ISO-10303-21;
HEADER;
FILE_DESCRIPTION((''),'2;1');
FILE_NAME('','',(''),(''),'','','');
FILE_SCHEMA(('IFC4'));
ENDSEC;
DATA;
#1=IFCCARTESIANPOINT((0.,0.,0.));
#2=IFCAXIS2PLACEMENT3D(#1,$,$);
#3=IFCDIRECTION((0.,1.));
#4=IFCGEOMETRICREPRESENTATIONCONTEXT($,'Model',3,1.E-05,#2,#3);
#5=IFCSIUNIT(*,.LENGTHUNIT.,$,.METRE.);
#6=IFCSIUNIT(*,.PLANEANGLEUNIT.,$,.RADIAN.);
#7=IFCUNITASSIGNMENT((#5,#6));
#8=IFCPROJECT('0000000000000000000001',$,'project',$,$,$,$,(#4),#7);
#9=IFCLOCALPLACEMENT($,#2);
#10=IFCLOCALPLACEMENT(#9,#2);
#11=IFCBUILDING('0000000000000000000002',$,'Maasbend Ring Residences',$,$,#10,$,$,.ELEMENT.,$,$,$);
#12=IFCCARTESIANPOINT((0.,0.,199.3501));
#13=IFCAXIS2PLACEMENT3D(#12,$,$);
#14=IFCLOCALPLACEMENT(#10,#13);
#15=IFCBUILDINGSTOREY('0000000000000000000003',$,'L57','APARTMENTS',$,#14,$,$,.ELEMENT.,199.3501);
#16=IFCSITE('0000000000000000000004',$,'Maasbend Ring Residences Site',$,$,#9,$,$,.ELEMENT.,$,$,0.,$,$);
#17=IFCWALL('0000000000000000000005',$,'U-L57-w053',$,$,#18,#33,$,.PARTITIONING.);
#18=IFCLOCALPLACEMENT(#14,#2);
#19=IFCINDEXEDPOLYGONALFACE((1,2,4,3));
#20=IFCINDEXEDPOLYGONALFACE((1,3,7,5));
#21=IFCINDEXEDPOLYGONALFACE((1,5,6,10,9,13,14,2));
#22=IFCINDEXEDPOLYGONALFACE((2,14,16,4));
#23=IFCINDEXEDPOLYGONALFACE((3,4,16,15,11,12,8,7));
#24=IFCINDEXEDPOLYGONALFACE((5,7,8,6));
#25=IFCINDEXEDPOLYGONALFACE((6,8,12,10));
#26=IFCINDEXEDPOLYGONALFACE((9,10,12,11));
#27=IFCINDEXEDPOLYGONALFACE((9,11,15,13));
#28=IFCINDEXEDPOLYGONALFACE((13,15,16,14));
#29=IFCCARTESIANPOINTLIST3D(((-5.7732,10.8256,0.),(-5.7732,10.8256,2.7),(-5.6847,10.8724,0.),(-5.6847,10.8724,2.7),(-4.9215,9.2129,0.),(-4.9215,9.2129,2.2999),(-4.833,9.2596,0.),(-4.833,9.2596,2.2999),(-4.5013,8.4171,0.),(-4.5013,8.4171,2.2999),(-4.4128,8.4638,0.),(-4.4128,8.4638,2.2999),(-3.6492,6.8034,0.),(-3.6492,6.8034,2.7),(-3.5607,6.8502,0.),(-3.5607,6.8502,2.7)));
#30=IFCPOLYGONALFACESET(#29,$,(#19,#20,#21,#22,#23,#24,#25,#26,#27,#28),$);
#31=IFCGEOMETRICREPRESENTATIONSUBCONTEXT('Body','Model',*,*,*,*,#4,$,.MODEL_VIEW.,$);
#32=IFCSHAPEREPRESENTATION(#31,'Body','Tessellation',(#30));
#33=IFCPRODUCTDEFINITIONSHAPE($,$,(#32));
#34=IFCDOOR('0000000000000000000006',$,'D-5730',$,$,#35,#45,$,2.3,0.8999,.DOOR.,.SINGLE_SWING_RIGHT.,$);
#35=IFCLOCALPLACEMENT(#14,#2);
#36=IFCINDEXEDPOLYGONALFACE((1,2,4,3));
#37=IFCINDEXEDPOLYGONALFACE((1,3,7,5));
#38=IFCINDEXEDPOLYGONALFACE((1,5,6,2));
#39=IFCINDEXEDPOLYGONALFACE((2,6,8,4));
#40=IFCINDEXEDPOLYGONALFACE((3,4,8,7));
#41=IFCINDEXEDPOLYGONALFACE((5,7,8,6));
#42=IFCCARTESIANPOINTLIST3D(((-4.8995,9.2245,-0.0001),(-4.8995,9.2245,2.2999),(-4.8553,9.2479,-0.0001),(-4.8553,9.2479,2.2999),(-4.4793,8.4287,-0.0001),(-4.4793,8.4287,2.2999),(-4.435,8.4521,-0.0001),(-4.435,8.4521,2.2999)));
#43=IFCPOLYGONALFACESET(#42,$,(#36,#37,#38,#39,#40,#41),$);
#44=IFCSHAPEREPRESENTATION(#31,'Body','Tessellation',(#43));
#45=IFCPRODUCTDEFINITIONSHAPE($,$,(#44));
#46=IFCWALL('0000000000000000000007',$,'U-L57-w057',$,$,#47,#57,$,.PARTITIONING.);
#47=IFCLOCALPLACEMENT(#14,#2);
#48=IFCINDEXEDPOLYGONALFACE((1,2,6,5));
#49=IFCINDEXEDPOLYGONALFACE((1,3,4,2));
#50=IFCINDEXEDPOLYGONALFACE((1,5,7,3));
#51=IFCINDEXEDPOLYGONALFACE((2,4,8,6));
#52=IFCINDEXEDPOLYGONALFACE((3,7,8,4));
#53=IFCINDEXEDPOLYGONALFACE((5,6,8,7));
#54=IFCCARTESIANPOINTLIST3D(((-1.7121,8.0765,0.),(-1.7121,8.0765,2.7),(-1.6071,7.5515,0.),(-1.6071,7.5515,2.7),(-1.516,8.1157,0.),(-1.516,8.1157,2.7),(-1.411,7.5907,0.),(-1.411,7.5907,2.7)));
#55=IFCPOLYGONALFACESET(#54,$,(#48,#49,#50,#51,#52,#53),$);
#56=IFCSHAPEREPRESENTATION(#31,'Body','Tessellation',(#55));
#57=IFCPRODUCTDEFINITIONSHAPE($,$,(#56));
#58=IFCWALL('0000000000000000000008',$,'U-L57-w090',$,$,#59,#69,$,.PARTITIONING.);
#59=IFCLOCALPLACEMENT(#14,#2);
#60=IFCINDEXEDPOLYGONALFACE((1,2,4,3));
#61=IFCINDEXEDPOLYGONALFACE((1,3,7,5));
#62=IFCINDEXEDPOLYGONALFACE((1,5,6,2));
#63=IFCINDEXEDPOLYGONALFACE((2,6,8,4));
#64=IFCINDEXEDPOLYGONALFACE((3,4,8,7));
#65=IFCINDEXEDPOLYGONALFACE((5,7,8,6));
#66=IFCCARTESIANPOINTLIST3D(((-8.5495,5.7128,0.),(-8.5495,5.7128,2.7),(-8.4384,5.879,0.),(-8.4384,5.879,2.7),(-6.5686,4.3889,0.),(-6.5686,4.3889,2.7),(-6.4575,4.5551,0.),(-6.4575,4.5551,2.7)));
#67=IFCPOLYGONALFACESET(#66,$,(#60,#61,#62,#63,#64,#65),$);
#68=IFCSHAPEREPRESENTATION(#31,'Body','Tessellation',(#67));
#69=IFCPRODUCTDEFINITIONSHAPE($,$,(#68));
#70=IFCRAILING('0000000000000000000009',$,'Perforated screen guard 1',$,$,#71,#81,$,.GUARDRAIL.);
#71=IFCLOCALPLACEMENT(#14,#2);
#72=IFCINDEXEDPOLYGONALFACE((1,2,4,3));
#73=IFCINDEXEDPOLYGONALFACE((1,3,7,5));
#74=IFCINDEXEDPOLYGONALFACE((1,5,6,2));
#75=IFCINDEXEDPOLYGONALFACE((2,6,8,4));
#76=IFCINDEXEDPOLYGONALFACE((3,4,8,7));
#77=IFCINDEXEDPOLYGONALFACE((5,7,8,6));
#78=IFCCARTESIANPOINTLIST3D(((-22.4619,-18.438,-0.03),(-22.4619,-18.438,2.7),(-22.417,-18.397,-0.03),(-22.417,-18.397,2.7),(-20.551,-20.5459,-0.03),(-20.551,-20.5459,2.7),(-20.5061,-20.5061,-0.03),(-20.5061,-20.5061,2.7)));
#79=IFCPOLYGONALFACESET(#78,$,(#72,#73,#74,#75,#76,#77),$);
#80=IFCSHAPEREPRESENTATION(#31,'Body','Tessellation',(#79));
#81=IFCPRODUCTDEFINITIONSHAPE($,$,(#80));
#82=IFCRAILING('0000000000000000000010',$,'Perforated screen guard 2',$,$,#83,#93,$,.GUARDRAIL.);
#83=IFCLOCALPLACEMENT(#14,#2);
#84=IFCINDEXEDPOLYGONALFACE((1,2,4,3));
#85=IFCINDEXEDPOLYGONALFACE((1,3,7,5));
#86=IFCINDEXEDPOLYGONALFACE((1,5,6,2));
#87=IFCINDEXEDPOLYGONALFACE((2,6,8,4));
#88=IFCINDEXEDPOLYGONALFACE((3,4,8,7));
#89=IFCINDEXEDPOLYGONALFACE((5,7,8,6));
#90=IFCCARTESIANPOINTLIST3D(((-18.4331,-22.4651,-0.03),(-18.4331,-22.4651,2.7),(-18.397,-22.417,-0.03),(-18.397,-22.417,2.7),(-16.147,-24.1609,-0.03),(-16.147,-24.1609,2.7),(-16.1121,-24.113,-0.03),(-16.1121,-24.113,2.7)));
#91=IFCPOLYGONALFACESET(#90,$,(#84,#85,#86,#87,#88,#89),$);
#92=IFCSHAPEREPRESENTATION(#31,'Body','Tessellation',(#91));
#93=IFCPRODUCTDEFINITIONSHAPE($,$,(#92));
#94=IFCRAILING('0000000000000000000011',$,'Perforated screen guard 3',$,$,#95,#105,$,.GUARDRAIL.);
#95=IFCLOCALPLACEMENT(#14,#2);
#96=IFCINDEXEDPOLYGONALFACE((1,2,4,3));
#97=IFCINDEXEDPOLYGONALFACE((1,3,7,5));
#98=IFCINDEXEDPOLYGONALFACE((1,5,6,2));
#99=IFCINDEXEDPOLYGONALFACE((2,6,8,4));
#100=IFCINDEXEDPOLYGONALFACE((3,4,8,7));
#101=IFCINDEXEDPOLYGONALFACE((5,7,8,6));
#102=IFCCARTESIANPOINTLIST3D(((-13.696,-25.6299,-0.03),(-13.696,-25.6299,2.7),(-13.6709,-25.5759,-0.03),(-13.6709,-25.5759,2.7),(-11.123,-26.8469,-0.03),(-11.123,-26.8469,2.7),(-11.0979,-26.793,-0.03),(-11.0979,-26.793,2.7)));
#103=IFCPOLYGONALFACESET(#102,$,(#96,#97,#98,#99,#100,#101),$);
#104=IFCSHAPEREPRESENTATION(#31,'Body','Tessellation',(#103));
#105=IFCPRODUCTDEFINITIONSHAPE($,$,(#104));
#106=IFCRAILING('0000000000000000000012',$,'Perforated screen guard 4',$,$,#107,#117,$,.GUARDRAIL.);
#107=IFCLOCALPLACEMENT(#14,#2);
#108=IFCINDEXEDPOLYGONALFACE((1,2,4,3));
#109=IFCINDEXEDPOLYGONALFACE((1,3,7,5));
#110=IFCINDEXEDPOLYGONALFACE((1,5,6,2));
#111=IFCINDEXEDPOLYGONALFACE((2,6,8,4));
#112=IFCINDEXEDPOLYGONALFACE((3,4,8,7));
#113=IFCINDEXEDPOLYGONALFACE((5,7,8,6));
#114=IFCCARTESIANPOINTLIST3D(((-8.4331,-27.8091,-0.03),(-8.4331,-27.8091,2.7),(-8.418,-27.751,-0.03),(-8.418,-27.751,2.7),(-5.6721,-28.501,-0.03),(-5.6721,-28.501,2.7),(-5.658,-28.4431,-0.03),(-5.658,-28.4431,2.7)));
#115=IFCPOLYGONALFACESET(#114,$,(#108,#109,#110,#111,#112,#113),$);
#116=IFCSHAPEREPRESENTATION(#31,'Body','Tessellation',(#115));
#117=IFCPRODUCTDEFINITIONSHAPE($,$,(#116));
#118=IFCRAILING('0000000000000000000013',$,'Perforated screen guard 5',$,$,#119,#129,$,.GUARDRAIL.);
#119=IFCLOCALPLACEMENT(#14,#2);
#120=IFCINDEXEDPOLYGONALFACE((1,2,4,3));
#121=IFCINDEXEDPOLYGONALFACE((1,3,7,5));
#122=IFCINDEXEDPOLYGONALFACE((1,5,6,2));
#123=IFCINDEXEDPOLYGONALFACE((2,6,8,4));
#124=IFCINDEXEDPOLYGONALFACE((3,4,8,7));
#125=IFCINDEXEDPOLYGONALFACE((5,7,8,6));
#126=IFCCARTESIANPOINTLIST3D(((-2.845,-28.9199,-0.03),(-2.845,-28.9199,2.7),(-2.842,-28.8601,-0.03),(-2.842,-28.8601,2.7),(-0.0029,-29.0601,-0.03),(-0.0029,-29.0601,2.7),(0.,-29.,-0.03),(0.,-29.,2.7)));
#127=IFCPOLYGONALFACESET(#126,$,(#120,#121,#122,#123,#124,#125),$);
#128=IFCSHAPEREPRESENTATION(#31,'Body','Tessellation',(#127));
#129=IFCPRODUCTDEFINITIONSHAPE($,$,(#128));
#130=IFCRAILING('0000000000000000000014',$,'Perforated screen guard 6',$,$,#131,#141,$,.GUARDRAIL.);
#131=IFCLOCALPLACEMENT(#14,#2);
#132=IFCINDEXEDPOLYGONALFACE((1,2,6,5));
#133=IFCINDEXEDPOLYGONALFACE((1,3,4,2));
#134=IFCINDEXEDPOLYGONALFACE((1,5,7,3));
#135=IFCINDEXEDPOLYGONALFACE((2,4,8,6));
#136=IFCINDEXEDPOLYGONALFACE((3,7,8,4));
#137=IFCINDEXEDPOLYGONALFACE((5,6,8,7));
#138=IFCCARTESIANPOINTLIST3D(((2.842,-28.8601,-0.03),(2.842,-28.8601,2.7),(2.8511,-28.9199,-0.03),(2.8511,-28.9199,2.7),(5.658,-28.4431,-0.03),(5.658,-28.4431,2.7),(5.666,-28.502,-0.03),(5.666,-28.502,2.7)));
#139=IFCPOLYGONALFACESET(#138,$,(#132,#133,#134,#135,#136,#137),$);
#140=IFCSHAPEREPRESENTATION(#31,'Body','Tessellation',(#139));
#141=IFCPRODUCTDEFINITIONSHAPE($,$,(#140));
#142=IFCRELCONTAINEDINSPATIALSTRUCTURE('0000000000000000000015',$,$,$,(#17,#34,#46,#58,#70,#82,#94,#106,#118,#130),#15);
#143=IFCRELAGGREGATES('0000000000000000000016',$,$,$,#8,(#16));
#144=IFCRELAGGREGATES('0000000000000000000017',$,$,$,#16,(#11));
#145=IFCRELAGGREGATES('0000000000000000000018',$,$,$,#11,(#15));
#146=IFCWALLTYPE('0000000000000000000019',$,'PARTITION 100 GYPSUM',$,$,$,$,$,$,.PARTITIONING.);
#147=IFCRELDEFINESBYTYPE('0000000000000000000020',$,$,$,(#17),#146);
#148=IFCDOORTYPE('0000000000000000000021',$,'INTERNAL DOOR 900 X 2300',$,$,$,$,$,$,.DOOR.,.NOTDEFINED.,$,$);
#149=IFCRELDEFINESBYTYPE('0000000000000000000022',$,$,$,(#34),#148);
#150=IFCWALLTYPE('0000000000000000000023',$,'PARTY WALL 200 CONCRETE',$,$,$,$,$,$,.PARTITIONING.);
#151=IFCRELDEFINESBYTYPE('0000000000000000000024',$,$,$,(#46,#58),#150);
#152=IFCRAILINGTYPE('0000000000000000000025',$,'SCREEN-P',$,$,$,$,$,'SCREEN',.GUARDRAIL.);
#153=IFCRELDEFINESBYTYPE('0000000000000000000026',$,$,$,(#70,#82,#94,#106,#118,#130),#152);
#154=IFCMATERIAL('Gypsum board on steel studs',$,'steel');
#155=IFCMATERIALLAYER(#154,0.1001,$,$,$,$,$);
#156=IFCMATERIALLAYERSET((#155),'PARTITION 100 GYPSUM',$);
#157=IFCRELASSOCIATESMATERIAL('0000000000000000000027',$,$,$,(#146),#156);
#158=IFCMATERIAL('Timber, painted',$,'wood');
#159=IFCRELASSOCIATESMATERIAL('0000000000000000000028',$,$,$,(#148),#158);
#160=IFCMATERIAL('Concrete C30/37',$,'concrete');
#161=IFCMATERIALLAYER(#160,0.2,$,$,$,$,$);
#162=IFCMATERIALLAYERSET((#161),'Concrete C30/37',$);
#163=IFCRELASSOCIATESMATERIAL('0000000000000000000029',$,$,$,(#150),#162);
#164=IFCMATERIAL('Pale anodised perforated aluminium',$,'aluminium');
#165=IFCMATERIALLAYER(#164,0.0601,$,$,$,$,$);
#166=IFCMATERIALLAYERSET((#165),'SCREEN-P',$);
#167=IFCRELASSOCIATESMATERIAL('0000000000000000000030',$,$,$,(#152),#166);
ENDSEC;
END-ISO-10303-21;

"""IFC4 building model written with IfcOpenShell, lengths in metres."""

from ifc_helpers import new_model, si_unit, direction, frame, frame_2d, origin, place, context, subcontext, project, spatial, polyline, rectangle, outline, extrude, material, layer, layer_set, type_object, element, fill, save


model = new_model("IFC4")

# Units and contexts
model_context = context("Model", 3, precision=1e-05, world=origin(), true_north=direction((0.0, 1.0)))
body_context = subcontext(model_context, "Body", "Model", "MODEL_VIEW")
ifc_project = project(units=[si_unit("LENGTHUNIT", "METRE"), si_unit("PLANEANGLEUNIT", "RADIAN")], contexts=[model_context])

# Site, building, storey
site_placement = place(None, origin())
site = spatial("IfcSite", under=ifc_project, at=site_placement, Name="Maasbend Ring Residences Site", CompositionType="ELEMENT", RefElevation=0.0)
building_placement = place(site_placement, origin())
building = spatial("IfcBuilding", under=site, at=building_placement, Name="Maasbend Ring Residences", CompositionType="ELEMENT")
storey_placement = place(building_placement, frame((0.0, 0.0, 199.3501)))
storey = spatial("IfcBuildingStorey", under=building, at=storey_placement, Name="L57", Description="APARTMENTS", CompositionType="ELEMENT", Elevation=199.3501)

# Wall, opening, door
ifc_material_1 = material(Name="Gypsum board on steel studs", Category="steel")
ifc_layer_1 = layer(ifc_material_1, 0.1001)
ifc_layer_set_1 = layer_set([ifc_layer_1], Name="PARTITION 100 GYPSUM")
wall_type_1 = type_object("IfcWallType", Name="PARTITION 100 GYPSUM", PredefinedType="PARTITIONING", material=ifc_layer_set_1)
wall_1_placement = place(storey_placement, frame((-5.729, 10.8491, 0.0), z_axis=(0.0, 0.0, 1.0), x_axis=(0.466963, -0.884277, 0.0)))
wall_1 = element("IfcWall", 1, at=wall_1_placement, inside=storey, type_object=wall_type_1, Name="U-L57-w053", PredefinedType="PARTITIONING", context=body_context, shape_type="SweptSolid", body=[
    extrude(rectangle(XDim=4.5486, YDim=0.1001, at=frame_2d((2.2744, 0.0))), origin(), (0.0, 0.0, 1.0), 2.7),
])
opening_placement = place(wall_1_placement, frame((1.824, 0.0, 0.0)))
opening = element("IfcOpeningElement", 2, at=opening_placement, cuts=wall_1, PredefinedType="OPENING", context=body_context, shape_type="SweptSolid", body=[
    extrude(rectangle(XDim=0.8999, YDim=2.3, at=frame_2d((0.45, 1.1499))), frame((0.0, 0.0601, 0.0), z_axis=(0.0, -1.0, 0.0), x_axis=(1.0, 0.0, 0.0)), (0.0, 0.0, 1.0), 0.1201),
])
ifc_material_2 = material(Name="Timber, painted", Category="wood")
door_type = type_object("IfcDoorType", Name="INTERNAL DOOR 900 X 2300", OperationType="NOTDEFINED", PredefinedType="DOOR", material=ifc_material_2)
door_placement = place(opening_placement, origin())
door = element("IfcDoor", 3, at=door_placement, inside=storey, type_object=door_type, Name="D-5730", OperationType="SINGLE_SWING_RIGHT", OverallHeight=2.3, OverallWidth=0.8999, PredefinedType="DOOR", context=body_context, shape_type="SweptSolid", body=[
    extrude(rectangle(XDim=0.8999, YDim=2.3, at=frame_2d((0.45, 1.1499))), frame((0.0, 0.0249, 0.0), z_axis=(0.0, -1.0, 0.0), x_axis=(1.0, 0.0, 0.0)), (0.0, 0.0, 1.0), 0.05),
])
fill(opening, door)

# Walls
ifc_material_3 = material(Name="Concrete C30/37", Category="concrete")
ifc_layer_2 = layer(ifc_material_3, 0.2)
ifc_layer_set_2 = layer_set([ifc_layer_2], Name="Concrete C30/37")
wall_type_2 = type_object("IfcWallType", Name="PARTY WALL 200 CONCRETE", PredefinedType="PARTITIONING", material=ifc_layer_set_2)
wall_2_placement = place(storey_placement, frame((-1.614, 8.0959, 0.0), z_axis=(0.0, 0.0, 1.0), x_axis=(0.196116, -0.980581, 0.0)))
element("IfcWall", 4, at=wall_2_placement, inside=storey, type_object=wall_type_2, Name="U-L57-w057", PredefinedType="PARTITIONING", context=body_context, shape_type="SweptSolid", body=[
    extrude(rectangle(XDim=0.5354, YDim=0.2, at=frame_2d((0.2676, 0.0))), origin(), (0.0, 0.0, 1.0), 2.7),
])
wall_3_placement = place(storey_placement, frame((-6.5129, 4.4719, 0.0), z_axis=(0.0, 0.0, 1.0), x_axis=(-0.831403, 0.555669, 0.0)))
element("IfcWall", 5, at=wall_3_placement, inside=storey, type_object=wall_type_2, Name="U-L57-w090", PredefinedType="PARTITIONING", context=body_context, shape_type="SweptSolid", body=[
    extrude(rectangle(XDim=2.3826, YDim=0.2, at=frame_2d((1.1914, 0.0))), origin(), (0.0, 0.0, 1.0), 2.7),
])

# Railings
ifc_material_4 = material(Name="Pale anodised perforated aluminium", Category="aluminium")
ifc_layer_3 = layer(ifc_material_4, 0.0601)
ifc_layer_set_3 = layer_set([ifc_layer_3], Name="SCREEN-P")
railing_type = type_object("IfcRailingType", Name="SCREEN-P", ElementType="SCREEN", PredefinedType="GUARDRAIL", material=ifc_layer_set_3)
railing_1_placement = place(storey_placement, frame((0.0, 0.0, -0.03)))
element("IfcRailing", 6, at=railing_1_placement, inside=storey, type_object=railing_type, Name="Perforated screen guard 1", PredefinedType="GUARDRAIL", context=body_context, shape_type="SweptSolid", body=[
    extrude(outline(polyline([(-22.417, -18.397), (-20.5061, -20.5061), (-20.551, -20.5459), (-22.4619, -18.438), (-22.417, -18.397)])), origin(), (0.0, 0.0, 1.0), 2.73),
])
railing_2_placement = place(storey_placement, frame((0.0, 0.0, -0.03)))
element("IfcRailing", 7, at=railing_2_placement, inside=storey, type_object=railing_type, Name="Perforated screen guard 2", PredefinedType="GUARDRAIL", context=body_context, shape_type="SweptSolid", body=[
    extrude(outline(polyline([(-18.397, -22.417), (-16.1121, -24.113), (-16.147, -24.1609), (-18.4331, -22.4651), (-18.397, -22.417)])), origin(), (0.0, 0.0, 1.0), 2.73),
])
railing_3_placement = place(storey_placement, frame((0.0, 0.0, -0.03)))
element("IfcRailing", 8, at=railing_3_placement, inside=storey, type_object=railing_type, Name="Perforated screen guard 3", PredefinedType="GUARDRAIL", context=body_context, shape_type="SweptSolid", body=[
    extrude(outline(polyline([(-13.6709, -25.5759), (-11.0979, -26.793), (-11.123, -26.8469), (-13.696, -25.6299), (-13.6709, -25.5759)])), origin(), (0.0, 0.0, 1.0), 2.73),
])
railing_4_placement = place(storey_placement, frame((0.0, 0.0, -0.03)))
element("IfcRailing", 9, at=railing_4_placement, inside=storey, type_object=railing_type, Name="Perforated screen guard 4", PredefinedType="GUARDRAIL", context=body_context, shape_type="SweptSolid", body=[
    extrude(outline(polyline([(-8.418, -27.751), (-5.658, -28.4431), (-5.6721, -28.501), (-8.4331, -27.8091), (-8.418, -27.751)])), origin(), (0.0, 0.0, 1.0), 2.73),
])
railing_5_placement = place(storey_placement, frame((0.0, 0.0, -0.03)))
element("IfcRailing", 10, at=railing_5_placement, inside=storey, type_object=railing_type, Name="Perforated screen guard 5", PredefinedType="GUARDRAIL", context=body_context, shape_type="SweptSolid", body=[
    extrude(outline(polyline([(-2.842, -28.8601), (0.0, -29.0), (-0.0029, -29.0601), (-2.845, -28.9199), (-2.842, -28.8601)])), origin(), (0.0, 0.0, 1.0), 2.73),
])
railing_6_placement = place(storey_placement, frame((0.0, 0.0, -0.03)))
element("IfcRailing", 11, at=railing_6_placement, inside=storey, type_object=railing_type, Name="Perforated screen guard 6", PredefinedType="GUARDRAIL", context=body_context, shape_type="SweptSolid", body=[
    extrude(outline(polyline([(2.842, -28.8601), (5.658, -28.4431), (5.666, -28.502), (2.8511, -28.9199), (2.842, -28.8601)])), origin(), (0.0, 0.0, 1.0), 2.73),
])

save(model, "model.ifc")
